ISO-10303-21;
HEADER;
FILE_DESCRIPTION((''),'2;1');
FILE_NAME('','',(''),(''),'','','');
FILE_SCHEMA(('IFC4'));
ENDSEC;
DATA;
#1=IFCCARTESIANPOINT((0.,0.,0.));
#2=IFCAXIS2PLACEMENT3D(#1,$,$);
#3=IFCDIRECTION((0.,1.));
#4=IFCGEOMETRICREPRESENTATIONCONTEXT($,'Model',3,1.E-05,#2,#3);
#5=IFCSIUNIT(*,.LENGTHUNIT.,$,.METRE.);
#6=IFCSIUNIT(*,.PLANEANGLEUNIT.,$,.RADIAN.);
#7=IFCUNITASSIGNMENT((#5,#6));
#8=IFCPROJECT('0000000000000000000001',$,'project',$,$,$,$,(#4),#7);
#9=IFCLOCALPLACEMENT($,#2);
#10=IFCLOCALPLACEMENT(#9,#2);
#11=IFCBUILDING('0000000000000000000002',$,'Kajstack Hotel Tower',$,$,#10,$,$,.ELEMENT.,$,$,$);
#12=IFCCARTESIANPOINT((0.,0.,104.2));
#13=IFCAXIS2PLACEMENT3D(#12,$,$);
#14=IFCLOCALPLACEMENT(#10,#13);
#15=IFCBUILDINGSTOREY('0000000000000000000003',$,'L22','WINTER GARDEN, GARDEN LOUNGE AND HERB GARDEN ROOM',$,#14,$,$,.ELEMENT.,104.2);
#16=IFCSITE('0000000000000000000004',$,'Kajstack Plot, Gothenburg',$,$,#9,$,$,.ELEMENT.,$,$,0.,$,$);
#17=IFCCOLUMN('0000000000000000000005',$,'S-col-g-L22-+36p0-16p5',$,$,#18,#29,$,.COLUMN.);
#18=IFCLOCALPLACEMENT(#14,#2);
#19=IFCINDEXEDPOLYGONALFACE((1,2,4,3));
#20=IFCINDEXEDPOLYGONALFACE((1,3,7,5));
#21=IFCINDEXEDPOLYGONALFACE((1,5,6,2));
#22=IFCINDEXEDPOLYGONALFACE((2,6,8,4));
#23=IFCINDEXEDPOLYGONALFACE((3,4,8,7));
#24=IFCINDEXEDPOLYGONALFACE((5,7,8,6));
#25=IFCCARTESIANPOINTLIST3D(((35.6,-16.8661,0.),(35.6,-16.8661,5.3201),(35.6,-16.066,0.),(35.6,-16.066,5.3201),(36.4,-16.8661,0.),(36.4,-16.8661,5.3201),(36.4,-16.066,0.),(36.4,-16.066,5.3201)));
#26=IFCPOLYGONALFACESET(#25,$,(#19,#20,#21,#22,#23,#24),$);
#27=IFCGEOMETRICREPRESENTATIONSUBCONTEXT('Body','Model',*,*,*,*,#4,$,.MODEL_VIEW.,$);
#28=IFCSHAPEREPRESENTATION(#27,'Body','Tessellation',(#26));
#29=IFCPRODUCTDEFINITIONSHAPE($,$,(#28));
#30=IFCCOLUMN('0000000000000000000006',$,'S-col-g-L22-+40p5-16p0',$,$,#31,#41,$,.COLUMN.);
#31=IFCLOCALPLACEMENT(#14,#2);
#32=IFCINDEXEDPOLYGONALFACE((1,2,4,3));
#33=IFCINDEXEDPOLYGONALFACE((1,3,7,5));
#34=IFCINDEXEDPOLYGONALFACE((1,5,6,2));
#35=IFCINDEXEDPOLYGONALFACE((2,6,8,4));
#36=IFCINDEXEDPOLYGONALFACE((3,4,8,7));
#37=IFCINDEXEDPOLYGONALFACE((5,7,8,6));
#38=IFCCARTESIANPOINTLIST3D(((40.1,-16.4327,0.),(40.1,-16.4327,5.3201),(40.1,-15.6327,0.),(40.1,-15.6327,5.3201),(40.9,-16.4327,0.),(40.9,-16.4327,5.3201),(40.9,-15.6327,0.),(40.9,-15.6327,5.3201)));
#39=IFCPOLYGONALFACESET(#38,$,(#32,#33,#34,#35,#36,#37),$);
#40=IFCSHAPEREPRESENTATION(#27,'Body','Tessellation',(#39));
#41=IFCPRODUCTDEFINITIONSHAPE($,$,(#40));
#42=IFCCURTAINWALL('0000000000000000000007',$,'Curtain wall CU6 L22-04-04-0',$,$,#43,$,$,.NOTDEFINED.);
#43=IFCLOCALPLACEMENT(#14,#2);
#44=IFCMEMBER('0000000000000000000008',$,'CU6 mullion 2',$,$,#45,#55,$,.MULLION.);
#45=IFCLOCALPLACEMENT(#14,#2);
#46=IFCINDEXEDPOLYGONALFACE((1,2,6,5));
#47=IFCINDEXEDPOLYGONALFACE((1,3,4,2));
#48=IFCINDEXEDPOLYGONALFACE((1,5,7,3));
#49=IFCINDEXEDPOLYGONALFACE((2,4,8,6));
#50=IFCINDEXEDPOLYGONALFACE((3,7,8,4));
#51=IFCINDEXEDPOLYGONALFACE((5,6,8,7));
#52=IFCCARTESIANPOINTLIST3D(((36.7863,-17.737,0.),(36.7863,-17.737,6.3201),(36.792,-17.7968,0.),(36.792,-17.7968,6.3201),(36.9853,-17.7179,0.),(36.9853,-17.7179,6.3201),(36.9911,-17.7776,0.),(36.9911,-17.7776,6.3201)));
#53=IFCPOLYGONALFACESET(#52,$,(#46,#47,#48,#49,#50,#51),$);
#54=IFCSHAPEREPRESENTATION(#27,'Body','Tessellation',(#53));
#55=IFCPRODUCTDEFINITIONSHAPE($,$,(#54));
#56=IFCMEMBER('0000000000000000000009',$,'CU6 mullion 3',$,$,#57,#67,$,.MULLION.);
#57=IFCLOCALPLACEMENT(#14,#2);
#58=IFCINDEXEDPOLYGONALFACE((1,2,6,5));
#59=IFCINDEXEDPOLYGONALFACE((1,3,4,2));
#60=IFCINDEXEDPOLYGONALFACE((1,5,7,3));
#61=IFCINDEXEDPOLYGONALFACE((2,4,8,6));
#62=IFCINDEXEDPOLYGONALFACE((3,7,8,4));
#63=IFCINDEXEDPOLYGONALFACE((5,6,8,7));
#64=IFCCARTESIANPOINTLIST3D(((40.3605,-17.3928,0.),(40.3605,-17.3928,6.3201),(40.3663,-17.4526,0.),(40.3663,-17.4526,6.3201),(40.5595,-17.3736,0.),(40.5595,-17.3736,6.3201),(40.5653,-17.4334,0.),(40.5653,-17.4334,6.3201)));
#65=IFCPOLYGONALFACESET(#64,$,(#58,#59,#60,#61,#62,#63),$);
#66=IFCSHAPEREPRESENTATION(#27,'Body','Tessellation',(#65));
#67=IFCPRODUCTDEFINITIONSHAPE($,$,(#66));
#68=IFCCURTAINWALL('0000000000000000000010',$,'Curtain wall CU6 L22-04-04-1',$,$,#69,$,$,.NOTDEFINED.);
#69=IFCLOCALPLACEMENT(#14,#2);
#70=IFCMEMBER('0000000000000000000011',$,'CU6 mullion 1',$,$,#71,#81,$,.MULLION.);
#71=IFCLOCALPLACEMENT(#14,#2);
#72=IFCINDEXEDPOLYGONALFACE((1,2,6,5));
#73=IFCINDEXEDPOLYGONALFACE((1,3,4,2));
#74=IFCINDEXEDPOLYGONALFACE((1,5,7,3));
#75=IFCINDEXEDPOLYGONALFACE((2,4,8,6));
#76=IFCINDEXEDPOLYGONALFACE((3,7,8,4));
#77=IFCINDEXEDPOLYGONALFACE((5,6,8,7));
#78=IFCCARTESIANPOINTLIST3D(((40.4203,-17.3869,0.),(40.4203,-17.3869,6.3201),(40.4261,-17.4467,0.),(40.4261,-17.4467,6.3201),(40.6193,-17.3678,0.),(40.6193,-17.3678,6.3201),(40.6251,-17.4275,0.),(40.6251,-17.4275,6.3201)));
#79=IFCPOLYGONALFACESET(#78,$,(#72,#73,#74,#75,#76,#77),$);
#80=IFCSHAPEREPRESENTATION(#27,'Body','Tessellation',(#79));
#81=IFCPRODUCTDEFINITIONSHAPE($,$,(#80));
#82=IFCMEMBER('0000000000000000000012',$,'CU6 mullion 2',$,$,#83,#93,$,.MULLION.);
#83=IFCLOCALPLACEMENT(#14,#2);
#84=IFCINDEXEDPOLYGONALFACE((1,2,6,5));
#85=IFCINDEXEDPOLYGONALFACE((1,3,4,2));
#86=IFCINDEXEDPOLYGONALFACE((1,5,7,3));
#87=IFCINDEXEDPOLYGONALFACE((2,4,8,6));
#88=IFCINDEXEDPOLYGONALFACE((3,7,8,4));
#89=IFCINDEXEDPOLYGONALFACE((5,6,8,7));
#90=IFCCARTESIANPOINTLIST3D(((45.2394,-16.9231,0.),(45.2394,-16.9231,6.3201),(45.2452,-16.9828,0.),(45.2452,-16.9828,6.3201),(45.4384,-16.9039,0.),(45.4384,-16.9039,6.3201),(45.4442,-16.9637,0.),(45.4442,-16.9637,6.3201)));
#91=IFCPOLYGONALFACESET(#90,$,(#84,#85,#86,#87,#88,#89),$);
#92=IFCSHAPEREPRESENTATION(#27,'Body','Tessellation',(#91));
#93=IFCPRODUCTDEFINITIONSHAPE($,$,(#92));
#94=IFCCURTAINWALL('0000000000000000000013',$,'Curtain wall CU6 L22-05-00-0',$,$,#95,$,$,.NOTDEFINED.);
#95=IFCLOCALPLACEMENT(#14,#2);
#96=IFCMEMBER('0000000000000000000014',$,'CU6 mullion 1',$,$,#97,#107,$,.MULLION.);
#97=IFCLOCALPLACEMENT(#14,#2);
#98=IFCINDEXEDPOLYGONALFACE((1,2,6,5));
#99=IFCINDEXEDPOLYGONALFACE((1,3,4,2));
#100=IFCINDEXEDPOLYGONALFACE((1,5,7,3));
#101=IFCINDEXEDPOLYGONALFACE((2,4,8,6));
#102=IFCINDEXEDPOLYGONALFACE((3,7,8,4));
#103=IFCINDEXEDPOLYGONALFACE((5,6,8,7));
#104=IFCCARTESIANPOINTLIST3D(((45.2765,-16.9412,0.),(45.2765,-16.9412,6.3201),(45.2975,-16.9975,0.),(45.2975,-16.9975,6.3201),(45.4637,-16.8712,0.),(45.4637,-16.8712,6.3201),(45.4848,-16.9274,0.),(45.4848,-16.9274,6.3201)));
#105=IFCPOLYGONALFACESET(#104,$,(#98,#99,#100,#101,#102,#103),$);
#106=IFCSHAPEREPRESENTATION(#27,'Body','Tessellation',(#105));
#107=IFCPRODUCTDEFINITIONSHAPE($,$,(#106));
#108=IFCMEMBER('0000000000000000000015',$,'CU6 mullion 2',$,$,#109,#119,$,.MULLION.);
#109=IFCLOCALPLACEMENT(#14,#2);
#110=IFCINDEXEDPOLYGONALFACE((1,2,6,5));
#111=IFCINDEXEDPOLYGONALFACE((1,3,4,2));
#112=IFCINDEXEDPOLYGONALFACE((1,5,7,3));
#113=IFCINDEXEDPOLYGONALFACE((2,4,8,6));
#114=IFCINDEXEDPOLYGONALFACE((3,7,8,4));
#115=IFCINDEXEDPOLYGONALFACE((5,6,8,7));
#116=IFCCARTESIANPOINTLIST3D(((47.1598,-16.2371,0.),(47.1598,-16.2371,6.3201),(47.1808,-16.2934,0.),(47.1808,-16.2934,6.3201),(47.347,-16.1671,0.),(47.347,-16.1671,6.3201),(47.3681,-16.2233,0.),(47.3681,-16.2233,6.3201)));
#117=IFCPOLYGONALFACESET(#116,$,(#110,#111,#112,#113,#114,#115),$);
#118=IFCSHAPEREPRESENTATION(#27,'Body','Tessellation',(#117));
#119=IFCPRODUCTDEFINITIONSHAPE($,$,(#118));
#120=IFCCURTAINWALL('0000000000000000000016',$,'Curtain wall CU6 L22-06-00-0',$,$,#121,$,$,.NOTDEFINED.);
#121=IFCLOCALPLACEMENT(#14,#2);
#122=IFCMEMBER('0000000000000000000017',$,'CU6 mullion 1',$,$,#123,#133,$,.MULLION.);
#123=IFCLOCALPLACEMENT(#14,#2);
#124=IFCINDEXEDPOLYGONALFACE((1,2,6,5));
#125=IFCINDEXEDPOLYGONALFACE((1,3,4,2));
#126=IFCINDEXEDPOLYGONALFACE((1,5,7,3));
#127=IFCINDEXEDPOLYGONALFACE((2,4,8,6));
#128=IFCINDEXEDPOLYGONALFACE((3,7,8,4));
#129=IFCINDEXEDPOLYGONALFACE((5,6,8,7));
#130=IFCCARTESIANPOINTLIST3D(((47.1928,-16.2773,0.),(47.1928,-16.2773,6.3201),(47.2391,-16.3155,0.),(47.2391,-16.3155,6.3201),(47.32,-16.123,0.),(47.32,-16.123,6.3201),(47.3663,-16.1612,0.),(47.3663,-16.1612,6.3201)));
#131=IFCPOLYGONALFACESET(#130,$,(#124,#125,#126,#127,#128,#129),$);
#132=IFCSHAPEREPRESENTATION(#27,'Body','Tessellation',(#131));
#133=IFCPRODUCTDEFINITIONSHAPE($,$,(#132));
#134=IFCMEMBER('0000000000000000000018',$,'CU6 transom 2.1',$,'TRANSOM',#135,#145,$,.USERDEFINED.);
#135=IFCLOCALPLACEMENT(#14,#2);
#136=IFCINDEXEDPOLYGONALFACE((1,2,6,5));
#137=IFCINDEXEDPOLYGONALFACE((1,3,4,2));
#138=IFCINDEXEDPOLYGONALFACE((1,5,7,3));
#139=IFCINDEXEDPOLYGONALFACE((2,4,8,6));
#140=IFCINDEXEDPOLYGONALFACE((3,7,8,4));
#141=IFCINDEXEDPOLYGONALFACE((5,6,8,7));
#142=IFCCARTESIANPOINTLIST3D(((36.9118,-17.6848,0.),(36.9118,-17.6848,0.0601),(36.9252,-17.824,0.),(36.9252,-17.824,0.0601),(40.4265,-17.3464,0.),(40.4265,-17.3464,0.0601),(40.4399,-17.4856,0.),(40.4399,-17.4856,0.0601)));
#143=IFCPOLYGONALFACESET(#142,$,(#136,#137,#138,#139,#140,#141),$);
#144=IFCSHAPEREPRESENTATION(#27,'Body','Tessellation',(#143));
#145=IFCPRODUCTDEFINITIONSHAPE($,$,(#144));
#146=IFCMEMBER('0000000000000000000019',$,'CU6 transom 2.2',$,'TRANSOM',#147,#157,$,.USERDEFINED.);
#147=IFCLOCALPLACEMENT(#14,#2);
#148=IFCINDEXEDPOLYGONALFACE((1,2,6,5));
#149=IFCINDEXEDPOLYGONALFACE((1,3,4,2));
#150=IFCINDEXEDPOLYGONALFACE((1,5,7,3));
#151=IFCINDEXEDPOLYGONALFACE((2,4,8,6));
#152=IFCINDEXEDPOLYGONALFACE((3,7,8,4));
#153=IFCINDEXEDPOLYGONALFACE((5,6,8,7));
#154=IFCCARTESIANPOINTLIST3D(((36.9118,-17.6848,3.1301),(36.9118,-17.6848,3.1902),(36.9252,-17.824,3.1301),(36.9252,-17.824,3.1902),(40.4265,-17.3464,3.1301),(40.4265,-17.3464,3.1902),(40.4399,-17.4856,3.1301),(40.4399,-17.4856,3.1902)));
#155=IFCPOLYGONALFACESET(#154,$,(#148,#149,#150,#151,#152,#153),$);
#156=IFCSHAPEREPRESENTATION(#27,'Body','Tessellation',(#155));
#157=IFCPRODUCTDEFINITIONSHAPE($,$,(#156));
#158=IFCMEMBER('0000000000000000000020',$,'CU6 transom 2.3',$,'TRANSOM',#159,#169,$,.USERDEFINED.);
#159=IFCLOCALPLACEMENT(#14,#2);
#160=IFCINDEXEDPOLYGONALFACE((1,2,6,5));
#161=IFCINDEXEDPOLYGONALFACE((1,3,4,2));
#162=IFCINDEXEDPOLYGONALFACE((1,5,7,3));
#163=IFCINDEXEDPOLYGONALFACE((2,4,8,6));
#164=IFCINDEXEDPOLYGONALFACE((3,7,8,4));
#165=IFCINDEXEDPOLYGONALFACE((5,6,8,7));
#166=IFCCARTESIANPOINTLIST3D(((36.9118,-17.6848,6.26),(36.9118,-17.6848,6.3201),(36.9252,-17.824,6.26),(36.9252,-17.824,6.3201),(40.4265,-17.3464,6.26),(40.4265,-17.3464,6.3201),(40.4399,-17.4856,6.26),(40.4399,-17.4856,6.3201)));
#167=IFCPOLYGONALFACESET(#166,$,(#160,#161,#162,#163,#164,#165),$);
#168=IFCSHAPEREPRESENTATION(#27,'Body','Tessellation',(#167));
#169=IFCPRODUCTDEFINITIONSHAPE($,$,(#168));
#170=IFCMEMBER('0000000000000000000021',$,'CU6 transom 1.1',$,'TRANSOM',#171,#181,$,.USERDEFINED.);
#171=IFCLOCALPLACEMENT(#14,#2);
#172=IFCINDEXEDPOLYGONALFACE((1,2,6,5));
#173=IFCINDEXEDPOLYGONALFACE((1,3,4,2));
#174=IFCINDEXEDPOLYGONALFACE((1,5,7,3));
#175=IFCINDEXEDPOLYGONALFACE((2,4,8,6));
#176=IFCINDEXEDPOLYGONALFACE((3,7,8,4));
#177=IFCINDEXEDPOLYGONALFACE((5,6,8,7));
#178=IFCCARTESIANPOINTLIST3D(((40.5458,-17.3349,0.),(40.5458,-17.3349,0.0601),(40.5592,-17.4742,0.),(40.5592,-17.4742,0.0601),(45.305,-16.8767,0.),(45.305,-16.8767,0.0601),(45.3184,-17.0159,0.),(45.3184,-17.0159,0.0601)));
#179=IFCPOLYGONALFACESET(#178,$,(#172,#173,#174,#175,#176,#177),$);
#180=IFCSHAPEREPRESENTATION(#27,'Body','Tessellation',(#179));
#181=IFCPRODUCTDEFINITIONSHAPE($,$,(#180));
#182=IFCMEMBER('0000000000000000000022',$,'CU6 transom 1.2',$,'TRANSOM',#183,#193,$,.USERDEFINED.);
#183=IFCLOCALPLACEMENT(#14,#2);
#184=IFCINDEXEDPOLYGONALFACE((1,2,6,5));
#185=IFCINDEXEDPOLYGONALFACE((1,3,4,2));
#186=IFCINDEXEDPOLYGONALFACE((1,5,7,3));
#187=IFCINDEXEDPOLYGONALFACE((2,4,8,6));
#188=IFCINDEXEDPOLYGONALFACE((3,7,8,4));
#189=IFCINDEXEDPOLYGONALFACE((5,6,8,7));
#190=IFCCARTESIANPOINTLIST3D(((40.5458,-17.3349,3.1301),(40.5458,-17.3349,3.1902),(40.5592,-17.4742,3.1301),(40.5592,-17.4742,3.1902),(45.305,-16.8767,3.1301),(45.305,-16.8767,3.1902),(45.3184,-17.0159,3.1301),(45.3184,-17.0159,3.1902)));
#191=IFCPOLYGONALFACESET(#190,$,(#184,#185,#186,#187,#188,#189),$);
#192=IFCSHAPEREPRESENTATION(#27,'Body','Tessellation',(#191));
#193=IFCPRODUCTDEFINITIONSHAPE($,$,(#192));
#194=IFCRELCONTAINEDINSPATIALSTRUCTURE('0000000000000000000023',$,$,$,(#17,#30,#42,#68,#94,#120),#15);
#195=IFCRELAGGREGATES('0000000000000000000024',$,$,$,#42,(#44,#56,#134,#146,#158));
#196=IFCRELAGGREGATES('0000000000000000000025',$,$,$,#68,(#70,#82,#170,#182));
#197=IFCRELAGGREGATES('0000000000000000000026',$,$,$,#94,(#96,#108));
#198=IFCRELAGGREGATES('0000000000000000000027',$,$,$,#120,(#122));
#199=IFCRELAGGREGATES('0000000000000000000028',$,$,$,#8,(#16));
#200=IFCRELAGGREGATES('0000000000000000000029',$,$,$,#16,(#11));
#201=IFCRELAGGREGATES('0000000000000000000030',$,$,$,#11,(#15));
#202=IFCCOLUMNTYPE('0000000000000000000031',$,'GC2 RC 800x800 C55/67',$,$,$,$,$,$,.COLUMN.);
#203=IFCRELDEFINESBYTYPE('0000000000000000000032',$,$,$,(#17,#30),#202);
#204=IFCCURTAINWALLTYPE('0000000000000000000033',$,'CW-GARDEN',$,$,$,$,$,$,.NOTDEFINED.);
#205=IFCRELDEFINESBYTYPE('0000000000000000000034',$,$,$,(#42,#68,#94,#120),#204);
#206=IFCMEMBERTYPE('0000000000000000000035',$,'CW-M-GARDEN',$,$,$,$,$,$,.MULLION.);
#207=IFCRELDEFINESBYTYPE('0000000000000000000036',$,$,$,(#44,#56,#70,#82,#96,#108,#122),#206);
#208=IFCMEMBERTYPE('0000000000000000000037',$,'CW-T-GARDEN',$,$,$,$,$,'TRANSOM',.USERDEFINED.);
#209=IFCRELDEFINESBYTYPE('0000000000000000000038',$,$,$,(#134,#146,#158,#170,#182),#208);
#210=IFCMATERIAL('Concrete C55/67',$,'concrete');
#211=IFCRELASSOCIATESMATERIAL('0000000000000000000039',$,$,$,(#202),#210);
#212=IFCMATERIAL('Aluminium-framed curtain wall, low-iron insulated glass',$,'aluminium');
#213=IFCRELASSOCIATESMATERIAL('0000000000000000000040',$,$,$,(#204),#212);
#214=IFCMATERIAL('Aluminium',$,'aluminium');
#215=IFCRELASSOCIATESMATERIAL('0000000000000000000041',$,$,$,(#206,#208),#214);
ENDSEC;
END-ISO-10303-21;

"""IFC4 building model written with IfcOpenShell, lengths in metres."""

from ifc_helpers import new_model, si_unit, direction, frame, origin, origin_2d, place, context, subcontext, project, spatial, rectangle, extrude, material, material_profile, profile_set, type_object, element, aggregate, save


model = new_model("IFC4")

# Units and contexts
model_context = context("Model", 3, precision=1e-05, world=origin(), true_north=direction((0.0, 1.0)))
body_context = subcontext(model_context, "Body", "Model", "MODEL_VIEW")
ifc_project = project(units=[si_unit("LENGTHUNIT", "METRE"), si_unit("PLANEANGLEUNIT", "RADIAN")], contexts=[model_context])

# Site, building, storey
site_placement = place(None, origin())
site = spatial("IfcSite", under=ifc_project, at=site_placement, Name="Kajstack Plot, Gothenburg", CompositionType="ELEMENT", RefElevation=0.0)
building_placement = place(site_placement, origin())
building = spatial("IfcBuilding", under=site, at=building_placement, Name="Kajstack Hotel Tower", CompositionType="ELEMENT")
storey_placement = place(building_placement, frame((0.0, 0.0, 104.2)))
storey = spatial("IfcBuildingStorey", under=building, at=storey_placement, Name="L22", Description="WINTER GARDEN, GARDEN LOUNGE AND HERB GARDEN ROOM", CompositionType="ELEMENT", Elevation=104.2)

# Columns
ifc_material_1 = material(Name="Concrete C55/67", Category="concrete")
ifc_material_profile_1 = material_profile(ifc_material_1, rectangle(XDim=0.8, YDim=0.8, at=origin_2d()), Name="RC 800x800")
ifc_profile_set_1 = profile_set([ifc_material_profile_1], Name="Concrete C55/67")
column_type = type_object("IfcColumnType", Name="GC2 RC 800x800 C55/67", PredefinedType="COLUMN", material=ifc_profile_set_1)
for number, where, z_axis, x_axis, name in (
    (1, (36.0, -16.4661, 0.0), (0.0, 0.0, 1.0), (1.0, 0.0, 0.0), "S-col-g-L22-+36p0-16p5"),
    (2, (40.5, -16.0327, 0.0), (0.0, 0.0, 1.0), (1.0, 0.0, 0.0), "S-col-g-L22-+40p5-16p0"),
):
    element("IfcColumn", number, at=place(storey_placement, frame(where, z_axis=z_axis, x_axis=x_axis)), inside=storey, type_object=column_type, Name=name, PredefinedType="COLUMN", context=body_context, shape_type="SweptSolid", body=[
        extrude(rectangle(XDim=0.8, YDim=0.8, at=origin_2d()), origin(), (0.0, 0.0, 1.0), 5.3201),
    ])

# Curtain walls, members
ifc_material_2 = material(Name="Aluminium-framed curtain wall, low-iron insulated glass", Category="aluminium")
curtain_wall_type = type_object("IfcCurtainWallType", Name="CW-GARDEN", PredefinedType="NOTDEFINED", material=ifc_material_2)
curtain_wall_1_placement = place(storey_placement, origin())
curtain_wall_1 = element("IfcCurtainWall", 3, at=curtain_wall_1_placement, inside=storey, type_object=curtain_wall_type, Name="Curtain wall CU6 L22-04-04-0", PredefinedType="NOTDEFINED")
ifc_material_3 = material(Name="Aluminium", Category="aluminium")
ifc_material_profile_2 = material_profile(ifc_material_3, rectangle(XDim=0.0601, YDim=0.2, at=origin_2d()), Name="Aluminium mullion 60 x 200")
ifc_profile_set_2 = profile_set([ifc_material_profile_2], Name="Aluminium")
member_type_1 = type_object("IfcMemberType", Name="CW-M-GARDEN", PredefinedType="MULLION", material=ifc_profile_set_2)
member_1_placement = place(storey_placement, frame((36.8887, -17.7573, 0.0), z_axis=(0.0, 0.0, 1.0), x_axis=(-0.095846, 0.995396, 0.0)))
member_1 = element("IfcMember", 4, at=member_1_placement, type_object=member_type_1, Name="CU6 mullion 2", PredefinedType="MULLION", context=body_context, shape_type="SweptSolid", body=[
    extrude(rectangle(XDim=0.0601, YDim=0.2, at=origin_2d()), origin(), (0.0, 0.0, 1.0), 6.3201),
])
member_2_placement = place(storey_placement, frame((40.4629, -17.4131, 0.0), z_axis=(0.0, 0.0, 1.0), x_axis=(-0.095846, 0.995396, 0.0)))
member_2 = element("IfcMember", 5, at=member_2_placement, type_object=member_type_1, Name="CU6 mullion 3", PredefinedType="MULLION", context=body_context, shape_type="SweptSolid", body=[
    extrude(rectangle(XDim=0.0601, YDim=0.2, at=origin_2d()), origin(), (0.0, 0.0, 1.0), 6.3201),
])
curtain_wall_2_placement = place(storey_placement, origin())
curtain_wall_2 = element("IfcCurtainWall", 6, at=curtain_wall_2_placement, inside=storey, type_object=curtain_wall_type, Name="Curtain wall CU6 L22-04-04-1", PredefinedType="NOTDEFINED")
member_3_placement = place(storey_placement, frame((40.5227, -17.4072, 0.0), z_axis=(0.0, 0.0, 1.0), x_axis=(-0.095846, 0.995396, 0.0)))
member_3 = element("IfcMember", 7, at=member_3_placement, type_object=member_type_1, Name="CU6 mullion 1", PredefinedType="MULLION", context=body_context, shape_type="SweptSolid", body=[
    extrude(rectangle(XDim=0.0601, YDim=0.2, at=origin_2d()), origin(), (0.0, 0.0, 1.0), 6.3201),
])
member_4_placement = place(storey_placement, frame((45.3418, -16.9434, 0.0), z_axis=(0.0, 0.0, 1.0), x_axis=(-0.095846, 0.995396, 0.0)))
member_4 = element("IfcMember", 8, at=member_4_placement, type_object=member_type_1, Name="CU6 mullion 2", PredefinedType="MULLION", context=body_context, shape_type="SweptSolid", body=[
    extrude(rectangle(XDim=0.0601, YDim=0.2, at=origin_2d()), origin(), (0.0, 0.0, 1.0), 6.3201),
])
curtain_wall_3_placement = place(storey_placement, origin())
curtain_wall_3 = element("IfcCurtainWall", 9, at=curtain_wall_3_placement, inside=storey, type_object=curtain_wall_type, Name="Curtain wall CU6 L22-05-00-0", PredefinedType="NOTDEFINED")
member_5_placement = place(storey_placement, frame((45.3806, -16.9343, 0.0), z_axis=(0.0, 0.0, 1.0), x_axis=(-0.350186, 0.93668, 0.0)))
member_5 = element("IfcMember", 10, at=member_5_placement, type_object=member_type_1, Name="CU6 mullion 1", PredefinedType="MULLION", context=body_context, shape_type="SweptSolid", body=[
    extrude(rectangle(XDim=0.0601, YDim=0.2, at=origin_2d()), origin(), (0.0, 0.0, 1.0), 6.3201),
])
member_6_placement = place(storey_placement, frame((47.2639, -16.2302, 0.0), z_axis=(0.0, 0.0, 1.0), x_axis=(-0.350186, 0.93668, 0.0)))
member_6 = element("IfcMember", 11, at=member_6_placement, type_object=member_type_1, Name="CU6 mullion 2", PredefinedType="MULLION", context=body_context, shape_type="SweptSolid", body=[
    extrude(rectangle(XDim=0.0601, YDim=0.2, at=origin_2d()), origin(), (0.0, 0.0, 1.0), 6.3201),
])

# Curtain wall, member
curtain_wall_4_placement = place(storey_placement, origin())
curtain_wall_4 = element("IfcCurtainWall", 12, at=curtain_wall_4_placement, inside=storey, type_object=curtain_wall_type, Name="Curtain wall CU6 L22-06-00-0", PredefinedType="NOTDEFINED")
member_7_placement = place(storey_placement, frame((47.2795, -16.2192, 0.0), z_axis=(0.0, 0.0, 1.0), x_axis=(-0.771635, 0.636066, 0.0)))
member_7 = element("IfcMember", 13, at=member_7_placement, type_object=member_type_1, Name="CU6 mullion 1", PredefinedType="MULLION", context=body_context, shape_type="SweptSolid", body=[
    extrude(rectangle(XDim=0.0601, YDim=0.2, at=origin_2d()), origin(), (0.0, 0.0, 1.0), 6.3201),
])

# Members
ifc_material_profile_3 = material_profile(ifc_material_3, rectangle(XDim=0.1399, YDim=0.0601, at=origin_2d()), Name="Aluminium transom 140 x 60")
ifc_profile_set_3 = profile_set([ifc_material_profile_3], Name="Aluminium")
member_type_2 = type_object("IfcMemberType", Name="CW-T-GARDEN", ElementType="TRANSOM", PredefinedType="USERDEFINED", material=ifc_profile_set_3)
member_8_placement = place(storey_placement, frame((36.9185, -17.7544, 0.03), z_axis=(0.995397, 0.095834, 0.0), x_axis=(-0.095834, 0.995397, 0.0)))
member_8 = element("IfcMember", 14, at=member_8_placement, type_object=member_type_2, Name="CU6 transom 2.1", ObjectType="TRANSOM", PredefinedType="USERDEFINED", context=body_context, shape_type="SweptSolid", body=[
    extrude(rectangle(XDim=0.1399, YDim=0.0601, at=origin_2d()), origin(), (0.0, 0.0, 1.0), 3.531),
])
member_9_placement = place(storey_placement, frame((36.9185, -17.7544, 3.1602), z_axis=(0.995397, 0.095834, 0.0), x_axis=(-0.095834, 0.995397, 0.0)))
member_9 = element("IfcMember", 15, at=member_9_placement, type_object=member_type_2, Name="CU6 transom 2.2", ObjectType="TRANSOM", PredefinedType="USERDEFINED", context=body_context, shape_type="SweptSolid", body=[
    extrude(rectangle(XDim=0.1399, YDim=0.0601, at=origin_2d()), origin(), (0.0, 0.0, 1.0), 3.531),
])
member_10_placement = place(storey_placement, frame((36.9185, -17.7544, 6.29), z_axis=(0.995397, 0.095834, 0.0), x_axis=(-0.095834, 0.995397, 0.0)))
member_10 = element("IfcMember", 16, at=member_10_placement, type_object=member_type_2, Name="CU6 transom 2.3", ObjectType="TRANSOM", PredefinedType="USERDEFINED", context=body_context, shape_type="SweptSolid", body=[
    extrude(rectangle(XDim=0.1399, YDim=0.0601, at=origin_2d()), origin(), (0.0, 0.0, 1.0), 3.531),
])
member_11_placement = place(storey_placement, frame((40.5525, -17.4045, 0.03), z_axis=(0.995396, 0.095843, 0.0), x_axis=(-0.095843, 0.995396, 0.0)))
member_11 = element("IfcMember", 17, at=member_11_placement, type_object=member_type_2, Name="CU6 transom 1.1", ObjectType="TRANSOM", PredefinedType="USERDEFINED", context=body_context, shape_type="SweptSolid", body=[
    extrude(rectangle(XDim=0.1399, YDim=0.0601, at=origin_2d()), origin(), (0.0, 0.0, 1.0), 4.7812),
])
member_12_placement = place(storey_placement, frame((40.5525, -17.4045, 3.1602), z_axis=(0.995396, 0.095843, 0.0), x_axis=(-0.095843, 0.995396, 0.0)))
member_12 = element("IfcMember", 18, at=member_12_placement, type_object=member_type_2, Name="CU6 transom 1.2", ObjectType="TRANSOM", PredefinedType="USERDEFINED", context=body_context, shape_type="SweptSolid", body=[
    extrude(rectangle(XDim=0.1399, YDim=0.0601, at=origin_2d()), origin(), (0.0, 0.0, 1.0), 4.7812),
])

aggregate(curtain_wall_1, [member_1, member_2, member_8, member_9, member_10])
aggregate(curtain_wall_2, [member_3, member_4, member_11, member_12])
aggregate(curtain_wall_3, [member_5, member_6])
aggregate(curtain_wall_4, [member_7])

save(model, "model.ifc")
